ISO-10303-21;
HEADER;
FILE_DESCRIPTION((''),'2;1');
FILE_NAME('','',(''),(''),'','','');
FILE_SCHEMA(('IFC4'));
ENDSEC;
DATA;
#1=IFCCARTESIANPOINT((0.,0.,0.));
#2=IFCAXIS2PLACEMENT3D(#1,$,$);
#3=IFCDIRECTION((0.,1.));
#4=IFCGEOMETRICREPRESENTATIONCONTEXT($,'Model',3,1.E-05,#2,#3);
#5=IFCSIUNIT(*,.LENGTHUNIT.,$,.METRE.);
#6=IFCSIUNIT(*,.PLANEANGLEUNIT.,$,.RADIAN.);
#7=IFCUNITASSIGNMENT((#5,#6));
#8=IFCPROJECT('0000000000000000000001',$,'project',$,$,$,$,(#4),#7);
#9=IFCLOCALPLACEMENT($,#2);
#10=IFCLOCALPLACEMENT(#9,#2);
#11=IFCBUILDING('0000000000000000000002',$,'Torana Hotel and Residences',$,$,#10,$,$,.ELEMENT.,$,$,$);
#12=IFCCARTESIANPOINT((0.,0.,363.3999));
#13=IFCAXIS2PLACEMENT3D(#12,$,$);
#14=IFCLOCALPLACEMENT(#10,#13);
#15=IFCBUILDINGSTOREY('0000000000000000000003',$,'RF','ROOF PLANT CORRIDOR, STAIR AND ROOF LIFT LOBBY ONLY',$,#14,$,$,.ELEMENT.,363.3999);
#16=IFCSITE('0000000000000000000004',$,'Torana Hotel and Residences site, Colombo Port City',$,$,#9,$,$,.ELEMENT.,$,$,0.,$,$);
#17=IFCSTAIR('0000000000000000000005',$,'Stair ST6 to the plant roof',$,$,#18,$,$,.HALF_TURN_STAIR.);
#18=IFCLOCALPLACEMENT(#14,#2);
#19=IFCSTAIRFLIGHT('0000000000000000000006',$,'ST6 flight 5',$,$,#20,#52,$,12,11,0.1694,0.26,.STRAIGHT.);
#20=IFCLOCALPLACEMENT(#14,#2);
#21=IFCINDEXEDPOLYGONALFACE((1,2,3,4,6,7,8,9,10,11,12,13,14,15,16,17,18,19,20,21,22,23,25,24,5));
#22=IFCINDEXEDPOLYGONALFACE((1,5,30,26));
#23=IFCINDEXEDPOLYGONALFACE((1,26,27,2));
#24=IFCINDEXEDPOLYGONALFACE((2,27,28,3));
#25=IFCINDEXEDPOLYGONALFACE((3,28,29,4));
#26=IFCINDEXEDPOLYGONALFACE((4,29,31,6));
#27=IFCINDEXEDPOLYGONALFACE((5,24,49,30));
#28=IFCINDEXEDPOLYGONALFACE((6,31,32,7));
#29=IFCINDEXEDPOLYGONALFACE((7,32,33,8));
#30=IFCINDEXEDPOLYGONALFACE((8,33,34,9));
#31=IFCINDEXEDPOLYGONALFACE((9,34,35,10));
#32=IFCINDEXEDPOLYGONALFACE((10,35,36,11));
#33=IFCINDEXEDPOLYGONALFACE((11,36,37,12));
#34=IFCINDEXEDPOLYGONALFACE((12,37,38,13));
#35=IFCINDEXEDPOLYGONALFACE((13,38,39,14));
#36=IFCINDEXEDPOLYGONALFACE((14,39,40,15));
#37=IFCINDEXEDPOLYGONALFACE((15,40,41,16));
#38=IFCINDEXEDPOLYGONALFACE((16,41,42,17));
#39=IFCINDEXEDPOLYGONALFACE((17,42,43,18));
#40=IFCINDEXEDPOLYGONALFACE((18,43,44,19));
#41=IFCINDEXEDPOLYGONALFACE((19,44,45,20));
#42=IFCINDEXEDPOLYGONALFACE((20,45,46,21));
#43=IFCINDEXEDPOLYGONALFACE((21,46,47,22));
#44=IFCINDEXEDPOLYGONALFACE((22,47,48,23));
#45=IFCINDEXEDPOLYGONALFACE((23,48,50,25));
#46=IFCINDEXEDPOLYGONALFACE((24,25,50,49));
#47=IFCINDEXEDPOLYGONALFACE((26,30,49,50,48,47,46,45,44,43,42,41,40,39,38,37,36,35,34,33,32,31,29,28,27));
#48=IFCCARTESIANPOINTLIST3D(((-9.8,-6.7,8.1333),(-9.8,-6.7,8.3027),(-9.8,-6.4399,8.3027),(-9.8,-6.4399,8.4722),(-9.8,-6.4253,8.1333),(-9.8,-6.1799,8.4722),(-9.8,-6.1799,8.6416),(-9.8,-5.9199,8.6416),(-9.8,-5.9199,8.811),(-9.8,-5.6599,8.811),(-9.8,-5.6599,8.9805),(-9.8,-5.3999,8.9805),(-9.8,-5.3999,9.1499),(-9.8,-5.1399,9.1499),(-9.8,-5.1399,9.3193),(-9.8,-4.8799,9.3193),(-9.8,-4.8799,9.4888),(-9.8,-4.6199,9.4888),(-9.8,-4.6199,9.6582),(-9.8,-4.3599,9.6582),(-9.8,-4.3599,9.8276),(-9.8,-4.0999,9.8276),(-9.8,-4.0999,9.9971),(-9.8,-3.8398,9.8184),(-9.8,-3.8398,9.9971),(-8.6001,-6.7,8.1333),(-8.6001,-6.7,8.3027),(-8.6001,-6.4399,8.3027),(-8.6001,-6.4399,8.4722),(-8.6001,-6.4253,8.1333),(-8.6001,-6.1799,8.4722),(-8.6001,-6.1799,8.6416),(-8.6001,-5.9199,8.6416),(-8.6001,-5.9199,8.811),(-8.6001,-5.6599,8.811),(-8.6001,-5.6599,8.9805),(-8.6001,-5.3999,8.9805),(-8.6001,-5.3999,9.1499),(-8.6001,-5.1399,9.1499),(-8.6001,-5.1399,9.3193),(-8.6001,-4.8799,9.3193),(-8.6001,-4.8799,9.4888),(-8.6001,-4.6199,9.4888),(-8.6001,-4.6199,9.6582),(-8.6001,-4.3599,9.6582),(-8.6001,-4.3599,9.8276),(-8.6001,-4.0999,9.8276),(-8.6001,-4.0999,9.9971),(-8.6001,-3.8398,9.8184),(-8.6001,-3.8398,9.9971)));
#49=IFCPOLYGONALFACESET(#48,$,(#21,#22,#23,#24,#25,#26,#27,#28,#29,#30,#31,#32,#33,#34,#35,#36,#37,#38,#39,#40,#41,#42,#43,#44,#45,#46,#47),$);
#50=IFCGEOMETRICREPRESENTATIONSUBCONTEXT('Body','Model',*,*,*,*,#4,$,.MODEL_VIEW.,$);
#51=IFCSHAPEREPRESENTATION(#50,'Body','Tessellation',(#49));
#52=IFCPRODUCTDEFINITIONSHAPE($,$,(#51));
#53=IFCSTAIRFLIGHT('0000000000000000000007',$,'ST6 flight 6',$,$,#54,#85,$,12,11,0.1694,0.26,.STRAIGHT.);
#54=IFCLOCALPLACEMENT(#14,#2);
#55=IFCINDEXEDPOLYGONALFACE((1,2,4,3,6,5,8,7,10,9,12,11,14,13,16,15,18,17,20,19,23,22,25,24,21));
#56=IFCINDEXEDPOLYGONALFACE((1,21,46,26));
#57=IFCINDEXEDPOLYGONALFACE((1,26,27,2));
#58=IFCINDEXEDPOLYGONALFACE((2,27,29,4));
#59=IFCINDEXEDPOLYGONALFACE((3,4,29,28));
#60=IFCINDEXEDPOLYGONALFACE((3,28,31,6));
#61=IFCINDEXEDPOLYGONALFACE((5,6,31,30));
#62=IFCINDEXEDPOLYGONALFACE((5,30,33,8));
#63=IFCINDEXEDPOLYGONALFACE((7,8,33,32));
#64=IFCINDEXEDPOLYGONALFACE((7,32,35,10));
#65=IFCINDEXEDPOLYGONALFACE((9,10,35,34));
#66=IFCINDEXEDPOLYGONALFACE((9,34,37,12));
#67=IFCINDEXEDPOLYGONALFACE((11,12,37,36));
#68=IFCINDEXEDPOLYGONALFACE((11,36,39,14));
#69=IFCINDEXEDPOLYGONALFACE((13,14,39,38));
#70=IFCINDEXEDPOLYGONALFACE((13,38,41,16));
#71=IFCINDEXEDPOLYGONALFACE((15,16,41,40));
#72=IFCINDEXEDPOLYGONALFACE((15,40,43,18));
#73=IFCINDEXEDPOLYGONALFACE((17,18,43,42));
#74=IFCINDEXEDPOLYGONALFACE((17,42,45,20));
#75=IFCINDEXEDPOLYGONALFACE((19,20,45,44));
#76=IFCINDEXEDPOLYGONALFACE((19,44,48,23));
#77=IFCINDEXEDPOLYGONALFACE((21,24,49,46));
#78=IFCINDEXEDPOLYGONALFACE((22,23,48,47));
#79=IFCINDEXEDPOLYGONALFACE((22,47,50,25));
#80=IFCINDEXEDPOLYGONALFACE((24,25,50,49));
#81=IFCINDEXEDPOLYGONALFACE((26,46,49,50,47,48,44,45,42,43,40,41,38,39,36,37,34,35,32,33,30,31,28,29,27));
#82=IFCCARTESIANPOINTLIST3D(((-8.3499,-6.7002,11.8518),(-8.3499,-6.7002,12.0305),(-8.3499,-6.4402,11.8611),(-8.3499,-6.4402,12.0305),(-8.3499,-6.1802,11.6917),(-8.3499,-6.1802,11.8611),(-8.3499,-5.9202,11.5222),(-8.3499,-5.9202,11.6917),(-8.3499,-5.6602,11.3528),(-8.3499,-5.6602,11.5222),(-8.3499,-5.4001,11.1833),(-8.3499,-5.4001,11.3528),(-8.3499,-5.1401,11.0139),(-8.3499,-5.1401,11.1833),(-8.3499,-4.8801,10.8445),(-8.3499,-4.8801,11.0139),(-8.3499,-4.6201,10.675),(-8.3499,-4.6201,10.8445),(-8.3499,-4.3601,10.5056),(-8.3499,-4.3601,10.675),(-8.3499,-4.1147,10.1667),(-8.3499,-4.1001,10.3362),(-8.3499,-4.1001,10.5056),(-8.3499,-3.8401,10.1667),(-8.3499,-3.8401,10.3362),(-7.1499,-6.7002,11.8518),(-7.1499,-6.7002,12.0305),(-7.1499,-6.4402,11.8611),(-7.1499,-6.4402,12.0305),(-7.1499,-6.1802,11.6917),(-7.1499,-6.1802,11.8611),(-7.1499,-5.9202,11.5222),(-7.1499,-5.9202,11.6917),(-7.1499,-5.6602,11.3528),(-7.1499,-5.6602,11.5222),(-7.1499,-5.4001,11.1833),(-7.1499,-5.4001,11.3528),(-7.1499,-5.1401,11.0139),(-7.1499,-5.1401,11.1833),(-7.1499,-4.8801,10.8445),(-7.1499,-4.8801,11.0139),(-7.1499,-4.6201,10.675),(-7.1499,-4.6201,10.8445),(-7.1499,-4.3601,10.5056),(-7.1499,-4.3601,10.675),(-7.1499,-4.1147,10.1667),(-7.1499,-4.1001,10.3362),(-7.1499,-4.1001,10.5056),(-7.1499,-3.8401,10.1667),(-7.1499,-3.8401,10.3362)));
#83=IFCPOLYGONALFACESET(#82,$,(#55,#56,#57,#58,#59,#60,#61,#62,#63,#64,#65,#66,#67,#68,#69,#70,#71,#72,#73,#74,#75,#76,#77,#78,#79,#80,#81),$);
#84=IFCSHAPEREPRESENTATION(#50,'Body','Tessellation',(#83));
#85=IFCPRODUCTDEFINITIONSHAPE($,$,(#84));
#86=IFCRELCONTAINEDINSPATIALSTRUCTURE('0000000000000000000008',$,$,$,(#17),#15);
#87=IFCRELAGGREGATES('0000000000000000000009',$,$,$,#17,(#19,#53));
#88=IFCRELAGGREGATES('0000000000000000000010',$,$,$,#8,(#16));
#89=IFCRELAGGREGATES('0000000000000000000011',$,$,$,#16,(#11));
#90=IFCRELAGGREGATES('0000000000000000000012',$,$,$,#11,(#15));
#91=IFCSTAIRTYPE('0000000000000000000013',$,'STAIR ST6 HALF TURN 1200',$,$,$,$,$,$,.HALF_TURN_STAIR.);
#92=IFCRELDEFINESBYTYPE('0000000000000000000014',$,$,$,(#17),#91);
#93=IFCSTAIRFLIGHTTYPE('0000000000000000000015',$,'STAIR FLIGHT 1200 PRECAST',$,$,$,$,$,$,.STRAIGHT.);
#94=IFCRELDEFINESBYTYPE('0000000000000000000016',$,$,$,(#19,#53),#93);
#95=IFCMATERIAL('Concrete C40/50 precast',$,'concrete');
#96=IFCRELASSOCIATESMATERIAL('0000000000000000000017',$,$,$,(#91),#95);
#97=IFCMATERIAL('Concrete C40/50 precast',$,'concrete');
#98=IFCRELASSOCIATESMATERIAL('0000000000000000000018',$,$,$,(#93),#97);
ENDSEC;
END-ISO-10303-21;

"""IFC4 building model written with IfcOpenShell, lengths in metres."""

from ifc_helpers import new_model, si_unit, direction, frame, origin, place, context, subcontext, project, spatial, polyline, outline, extrude, material, type_object, element, aggregate, save


model = new_model("IFC4")

# Units and contexts
model_context = context("Model", 3, precision=1e-05, world=origin(), true_north=direction((0.0, 1.0)))
body_context = subcontext(model_context, "Body", "Model", "MODEL_VIEW")
ifc_project = project(units=[si_unit("LENGTHUNIT", "METRE"), si_unit("PLANEANGLEUNIT", "RADIAN")], contexts=[model_context])

# Site, building, storey
site_placement = place(None, origin())
site = spatial("IfcSite", under=ifc_project, at=site_placement, Name="Torana Hotel and Residences site, Colombo Port City", CompositionType="ELEMENT", RefElevation=0.0)
building_placement = place(site_placement, origin())
building = spatial("IfcBuilding", under=site, at=building_placement, Name="Torana Hotel and Residences", CompositionType="ELEMENT")
storey_placement = place(building_placement, frame((0.0, 0.0, 363.3999)))
storey = spatial("IfcBuildingStorey", under=building, at=storey_placement, Name="RF", Description="ROOF PLANT CORRIDOR, STAIR AND ROOF LIFT LOBBY ONLY", CompositionType="ELEMENT", Elevation=363.3999)

# Stair, stair flights
ifc_material_1 = material(Name="Concrete C40/50 precast", Category="concrete")
stair_type = type_object("IfcStairType", Name="STAIR ST6 HALF TURN 1200", PredefinedType="HALF_TURN_STAIR", material=ifc_material_1)
stair_placement = place(storey_placement, origin())
stair = element("IfcStair", 1, at=stair_placement, inside=storey, type_object=stair_type, Name="Stair ST6 to the plant roof", PredefinedType="HALF_TURN_STAIR")
ifc_material_2 = material(Name="Concrete C40/50 precast", Category="concrete")
stair_flight_type = type_object("IfcStairFlightType", Name="STAIR FLIGHT 1200 PRECAST", PredefinedType="STRAIGHT", material=ifc_material_2)
stair_flight_1_placement = place(storey_placement, frame((-9.2, -6.7, 8.1333), z_axis=(0.0, 0.0, 1.0), x_axis=(0.0, 1.0, 0.0)))
stair_flight_1 = element("IfcStairFlight", 2, at=stair_flight_1_placement, type_object=stair_flight_type, Name="ST6 flight 5", NumberOfRisers=12, NumberOfTreads=11, PredefinedType="STRAIGHT", RiserHeight=0.1694, TreadLength=0.26, context=body_context, shape_type="SweptSolid", body=[
    extrude(outline(polyline([(0.0, 0.0), (0.0, 0.1694), (0.26, 0.1694), (0.26, 0.3389), (0.52, 0.3389), (0.52, 0.5083), (0.78, 0.5083), (0.78, 0.6777), (1.04, 0.6777), (1.04, 0.8472), (1.3, 0.8472), (1.3, 1.0166), (1.5601, 1.0166), (1.5601, 1.186), (1.8201, 1.186), (1.8201, 1.3555), (2.0801, 1.3555), (2.0801, 1.5249), (2.3401, 1.5249), (2.3401, 1.6943), (2.6001, 1.6943), (2.6001, 1.8638), (2.8601, 1.8638), (2.8601, 2.0334), (2.8601, 1.6851), (0.2747, 0.0), (0.0, 0.0)])), frame((0.0, 0.6001, 0.0), z_axis=(0.0, -1.0, 0.0), x_axis=(1.0, 0.0, 0.0)), (0.0, 0.0, 1.0), 1.2),
])
stair_flight_2_placement = place(storey_placement, frame((-7.75, -3.8401, 10.1667), z_axis=(0.0, 0.0, 1.0), x_axis=(0.0, -1.0, 0.0)))
stair_flight_2 = element("IfcStairFlight", 3, at=stair_flight_2_placement, type_object=stair_flight_type, Name="ST6 flight 6", NumberOfRisers=12, NumberOfTreads=11, PredefinedType="STRAIGHT", RiserHeight=0.1694, TreadLength=0.26, context=body_context, shape_type="SweptSolid", body=[
    extrude(outline(polyline([(0.0, 0.0), (0.0, 0.1694), (0.26, 0.1694), (0.26, 0.3389), (0.52, 0.3389), (0.52, 0.5083), (0.78, 0.5083), (0.78, 0.6777), (1.04, 0.6777), (1.04, 0.8472), (1.3, 0.8472), (1.3, 1.0166), (1.5601, 1.0166), (1.5601, 1.186), (1.8201, 1.186), (1.8201, 1.3555), (2.0801, 1.3555), (2.0801, 1.5249), (2.3401, 1.5249), (2.3401, 1.6943), (2.6001, 1.6943), (2.6001, 1.8638), (2.8601, 1.8638), (2.8601, 2.0334), (2.8601, 1.6851), (0.2747, 0.0), (0.0, 0.0)])), frame((0.0, 0.6001, 0.0), z_axis=(0.0, -1.0, 0.0), x_axis=(1.0, 0.0, 0.0)), (0.0, 0.0, 1.0), 1.2),
])
aggregate(stair, [stair_flight_1, stair_flight_2])

save(model, "model.ifc")
